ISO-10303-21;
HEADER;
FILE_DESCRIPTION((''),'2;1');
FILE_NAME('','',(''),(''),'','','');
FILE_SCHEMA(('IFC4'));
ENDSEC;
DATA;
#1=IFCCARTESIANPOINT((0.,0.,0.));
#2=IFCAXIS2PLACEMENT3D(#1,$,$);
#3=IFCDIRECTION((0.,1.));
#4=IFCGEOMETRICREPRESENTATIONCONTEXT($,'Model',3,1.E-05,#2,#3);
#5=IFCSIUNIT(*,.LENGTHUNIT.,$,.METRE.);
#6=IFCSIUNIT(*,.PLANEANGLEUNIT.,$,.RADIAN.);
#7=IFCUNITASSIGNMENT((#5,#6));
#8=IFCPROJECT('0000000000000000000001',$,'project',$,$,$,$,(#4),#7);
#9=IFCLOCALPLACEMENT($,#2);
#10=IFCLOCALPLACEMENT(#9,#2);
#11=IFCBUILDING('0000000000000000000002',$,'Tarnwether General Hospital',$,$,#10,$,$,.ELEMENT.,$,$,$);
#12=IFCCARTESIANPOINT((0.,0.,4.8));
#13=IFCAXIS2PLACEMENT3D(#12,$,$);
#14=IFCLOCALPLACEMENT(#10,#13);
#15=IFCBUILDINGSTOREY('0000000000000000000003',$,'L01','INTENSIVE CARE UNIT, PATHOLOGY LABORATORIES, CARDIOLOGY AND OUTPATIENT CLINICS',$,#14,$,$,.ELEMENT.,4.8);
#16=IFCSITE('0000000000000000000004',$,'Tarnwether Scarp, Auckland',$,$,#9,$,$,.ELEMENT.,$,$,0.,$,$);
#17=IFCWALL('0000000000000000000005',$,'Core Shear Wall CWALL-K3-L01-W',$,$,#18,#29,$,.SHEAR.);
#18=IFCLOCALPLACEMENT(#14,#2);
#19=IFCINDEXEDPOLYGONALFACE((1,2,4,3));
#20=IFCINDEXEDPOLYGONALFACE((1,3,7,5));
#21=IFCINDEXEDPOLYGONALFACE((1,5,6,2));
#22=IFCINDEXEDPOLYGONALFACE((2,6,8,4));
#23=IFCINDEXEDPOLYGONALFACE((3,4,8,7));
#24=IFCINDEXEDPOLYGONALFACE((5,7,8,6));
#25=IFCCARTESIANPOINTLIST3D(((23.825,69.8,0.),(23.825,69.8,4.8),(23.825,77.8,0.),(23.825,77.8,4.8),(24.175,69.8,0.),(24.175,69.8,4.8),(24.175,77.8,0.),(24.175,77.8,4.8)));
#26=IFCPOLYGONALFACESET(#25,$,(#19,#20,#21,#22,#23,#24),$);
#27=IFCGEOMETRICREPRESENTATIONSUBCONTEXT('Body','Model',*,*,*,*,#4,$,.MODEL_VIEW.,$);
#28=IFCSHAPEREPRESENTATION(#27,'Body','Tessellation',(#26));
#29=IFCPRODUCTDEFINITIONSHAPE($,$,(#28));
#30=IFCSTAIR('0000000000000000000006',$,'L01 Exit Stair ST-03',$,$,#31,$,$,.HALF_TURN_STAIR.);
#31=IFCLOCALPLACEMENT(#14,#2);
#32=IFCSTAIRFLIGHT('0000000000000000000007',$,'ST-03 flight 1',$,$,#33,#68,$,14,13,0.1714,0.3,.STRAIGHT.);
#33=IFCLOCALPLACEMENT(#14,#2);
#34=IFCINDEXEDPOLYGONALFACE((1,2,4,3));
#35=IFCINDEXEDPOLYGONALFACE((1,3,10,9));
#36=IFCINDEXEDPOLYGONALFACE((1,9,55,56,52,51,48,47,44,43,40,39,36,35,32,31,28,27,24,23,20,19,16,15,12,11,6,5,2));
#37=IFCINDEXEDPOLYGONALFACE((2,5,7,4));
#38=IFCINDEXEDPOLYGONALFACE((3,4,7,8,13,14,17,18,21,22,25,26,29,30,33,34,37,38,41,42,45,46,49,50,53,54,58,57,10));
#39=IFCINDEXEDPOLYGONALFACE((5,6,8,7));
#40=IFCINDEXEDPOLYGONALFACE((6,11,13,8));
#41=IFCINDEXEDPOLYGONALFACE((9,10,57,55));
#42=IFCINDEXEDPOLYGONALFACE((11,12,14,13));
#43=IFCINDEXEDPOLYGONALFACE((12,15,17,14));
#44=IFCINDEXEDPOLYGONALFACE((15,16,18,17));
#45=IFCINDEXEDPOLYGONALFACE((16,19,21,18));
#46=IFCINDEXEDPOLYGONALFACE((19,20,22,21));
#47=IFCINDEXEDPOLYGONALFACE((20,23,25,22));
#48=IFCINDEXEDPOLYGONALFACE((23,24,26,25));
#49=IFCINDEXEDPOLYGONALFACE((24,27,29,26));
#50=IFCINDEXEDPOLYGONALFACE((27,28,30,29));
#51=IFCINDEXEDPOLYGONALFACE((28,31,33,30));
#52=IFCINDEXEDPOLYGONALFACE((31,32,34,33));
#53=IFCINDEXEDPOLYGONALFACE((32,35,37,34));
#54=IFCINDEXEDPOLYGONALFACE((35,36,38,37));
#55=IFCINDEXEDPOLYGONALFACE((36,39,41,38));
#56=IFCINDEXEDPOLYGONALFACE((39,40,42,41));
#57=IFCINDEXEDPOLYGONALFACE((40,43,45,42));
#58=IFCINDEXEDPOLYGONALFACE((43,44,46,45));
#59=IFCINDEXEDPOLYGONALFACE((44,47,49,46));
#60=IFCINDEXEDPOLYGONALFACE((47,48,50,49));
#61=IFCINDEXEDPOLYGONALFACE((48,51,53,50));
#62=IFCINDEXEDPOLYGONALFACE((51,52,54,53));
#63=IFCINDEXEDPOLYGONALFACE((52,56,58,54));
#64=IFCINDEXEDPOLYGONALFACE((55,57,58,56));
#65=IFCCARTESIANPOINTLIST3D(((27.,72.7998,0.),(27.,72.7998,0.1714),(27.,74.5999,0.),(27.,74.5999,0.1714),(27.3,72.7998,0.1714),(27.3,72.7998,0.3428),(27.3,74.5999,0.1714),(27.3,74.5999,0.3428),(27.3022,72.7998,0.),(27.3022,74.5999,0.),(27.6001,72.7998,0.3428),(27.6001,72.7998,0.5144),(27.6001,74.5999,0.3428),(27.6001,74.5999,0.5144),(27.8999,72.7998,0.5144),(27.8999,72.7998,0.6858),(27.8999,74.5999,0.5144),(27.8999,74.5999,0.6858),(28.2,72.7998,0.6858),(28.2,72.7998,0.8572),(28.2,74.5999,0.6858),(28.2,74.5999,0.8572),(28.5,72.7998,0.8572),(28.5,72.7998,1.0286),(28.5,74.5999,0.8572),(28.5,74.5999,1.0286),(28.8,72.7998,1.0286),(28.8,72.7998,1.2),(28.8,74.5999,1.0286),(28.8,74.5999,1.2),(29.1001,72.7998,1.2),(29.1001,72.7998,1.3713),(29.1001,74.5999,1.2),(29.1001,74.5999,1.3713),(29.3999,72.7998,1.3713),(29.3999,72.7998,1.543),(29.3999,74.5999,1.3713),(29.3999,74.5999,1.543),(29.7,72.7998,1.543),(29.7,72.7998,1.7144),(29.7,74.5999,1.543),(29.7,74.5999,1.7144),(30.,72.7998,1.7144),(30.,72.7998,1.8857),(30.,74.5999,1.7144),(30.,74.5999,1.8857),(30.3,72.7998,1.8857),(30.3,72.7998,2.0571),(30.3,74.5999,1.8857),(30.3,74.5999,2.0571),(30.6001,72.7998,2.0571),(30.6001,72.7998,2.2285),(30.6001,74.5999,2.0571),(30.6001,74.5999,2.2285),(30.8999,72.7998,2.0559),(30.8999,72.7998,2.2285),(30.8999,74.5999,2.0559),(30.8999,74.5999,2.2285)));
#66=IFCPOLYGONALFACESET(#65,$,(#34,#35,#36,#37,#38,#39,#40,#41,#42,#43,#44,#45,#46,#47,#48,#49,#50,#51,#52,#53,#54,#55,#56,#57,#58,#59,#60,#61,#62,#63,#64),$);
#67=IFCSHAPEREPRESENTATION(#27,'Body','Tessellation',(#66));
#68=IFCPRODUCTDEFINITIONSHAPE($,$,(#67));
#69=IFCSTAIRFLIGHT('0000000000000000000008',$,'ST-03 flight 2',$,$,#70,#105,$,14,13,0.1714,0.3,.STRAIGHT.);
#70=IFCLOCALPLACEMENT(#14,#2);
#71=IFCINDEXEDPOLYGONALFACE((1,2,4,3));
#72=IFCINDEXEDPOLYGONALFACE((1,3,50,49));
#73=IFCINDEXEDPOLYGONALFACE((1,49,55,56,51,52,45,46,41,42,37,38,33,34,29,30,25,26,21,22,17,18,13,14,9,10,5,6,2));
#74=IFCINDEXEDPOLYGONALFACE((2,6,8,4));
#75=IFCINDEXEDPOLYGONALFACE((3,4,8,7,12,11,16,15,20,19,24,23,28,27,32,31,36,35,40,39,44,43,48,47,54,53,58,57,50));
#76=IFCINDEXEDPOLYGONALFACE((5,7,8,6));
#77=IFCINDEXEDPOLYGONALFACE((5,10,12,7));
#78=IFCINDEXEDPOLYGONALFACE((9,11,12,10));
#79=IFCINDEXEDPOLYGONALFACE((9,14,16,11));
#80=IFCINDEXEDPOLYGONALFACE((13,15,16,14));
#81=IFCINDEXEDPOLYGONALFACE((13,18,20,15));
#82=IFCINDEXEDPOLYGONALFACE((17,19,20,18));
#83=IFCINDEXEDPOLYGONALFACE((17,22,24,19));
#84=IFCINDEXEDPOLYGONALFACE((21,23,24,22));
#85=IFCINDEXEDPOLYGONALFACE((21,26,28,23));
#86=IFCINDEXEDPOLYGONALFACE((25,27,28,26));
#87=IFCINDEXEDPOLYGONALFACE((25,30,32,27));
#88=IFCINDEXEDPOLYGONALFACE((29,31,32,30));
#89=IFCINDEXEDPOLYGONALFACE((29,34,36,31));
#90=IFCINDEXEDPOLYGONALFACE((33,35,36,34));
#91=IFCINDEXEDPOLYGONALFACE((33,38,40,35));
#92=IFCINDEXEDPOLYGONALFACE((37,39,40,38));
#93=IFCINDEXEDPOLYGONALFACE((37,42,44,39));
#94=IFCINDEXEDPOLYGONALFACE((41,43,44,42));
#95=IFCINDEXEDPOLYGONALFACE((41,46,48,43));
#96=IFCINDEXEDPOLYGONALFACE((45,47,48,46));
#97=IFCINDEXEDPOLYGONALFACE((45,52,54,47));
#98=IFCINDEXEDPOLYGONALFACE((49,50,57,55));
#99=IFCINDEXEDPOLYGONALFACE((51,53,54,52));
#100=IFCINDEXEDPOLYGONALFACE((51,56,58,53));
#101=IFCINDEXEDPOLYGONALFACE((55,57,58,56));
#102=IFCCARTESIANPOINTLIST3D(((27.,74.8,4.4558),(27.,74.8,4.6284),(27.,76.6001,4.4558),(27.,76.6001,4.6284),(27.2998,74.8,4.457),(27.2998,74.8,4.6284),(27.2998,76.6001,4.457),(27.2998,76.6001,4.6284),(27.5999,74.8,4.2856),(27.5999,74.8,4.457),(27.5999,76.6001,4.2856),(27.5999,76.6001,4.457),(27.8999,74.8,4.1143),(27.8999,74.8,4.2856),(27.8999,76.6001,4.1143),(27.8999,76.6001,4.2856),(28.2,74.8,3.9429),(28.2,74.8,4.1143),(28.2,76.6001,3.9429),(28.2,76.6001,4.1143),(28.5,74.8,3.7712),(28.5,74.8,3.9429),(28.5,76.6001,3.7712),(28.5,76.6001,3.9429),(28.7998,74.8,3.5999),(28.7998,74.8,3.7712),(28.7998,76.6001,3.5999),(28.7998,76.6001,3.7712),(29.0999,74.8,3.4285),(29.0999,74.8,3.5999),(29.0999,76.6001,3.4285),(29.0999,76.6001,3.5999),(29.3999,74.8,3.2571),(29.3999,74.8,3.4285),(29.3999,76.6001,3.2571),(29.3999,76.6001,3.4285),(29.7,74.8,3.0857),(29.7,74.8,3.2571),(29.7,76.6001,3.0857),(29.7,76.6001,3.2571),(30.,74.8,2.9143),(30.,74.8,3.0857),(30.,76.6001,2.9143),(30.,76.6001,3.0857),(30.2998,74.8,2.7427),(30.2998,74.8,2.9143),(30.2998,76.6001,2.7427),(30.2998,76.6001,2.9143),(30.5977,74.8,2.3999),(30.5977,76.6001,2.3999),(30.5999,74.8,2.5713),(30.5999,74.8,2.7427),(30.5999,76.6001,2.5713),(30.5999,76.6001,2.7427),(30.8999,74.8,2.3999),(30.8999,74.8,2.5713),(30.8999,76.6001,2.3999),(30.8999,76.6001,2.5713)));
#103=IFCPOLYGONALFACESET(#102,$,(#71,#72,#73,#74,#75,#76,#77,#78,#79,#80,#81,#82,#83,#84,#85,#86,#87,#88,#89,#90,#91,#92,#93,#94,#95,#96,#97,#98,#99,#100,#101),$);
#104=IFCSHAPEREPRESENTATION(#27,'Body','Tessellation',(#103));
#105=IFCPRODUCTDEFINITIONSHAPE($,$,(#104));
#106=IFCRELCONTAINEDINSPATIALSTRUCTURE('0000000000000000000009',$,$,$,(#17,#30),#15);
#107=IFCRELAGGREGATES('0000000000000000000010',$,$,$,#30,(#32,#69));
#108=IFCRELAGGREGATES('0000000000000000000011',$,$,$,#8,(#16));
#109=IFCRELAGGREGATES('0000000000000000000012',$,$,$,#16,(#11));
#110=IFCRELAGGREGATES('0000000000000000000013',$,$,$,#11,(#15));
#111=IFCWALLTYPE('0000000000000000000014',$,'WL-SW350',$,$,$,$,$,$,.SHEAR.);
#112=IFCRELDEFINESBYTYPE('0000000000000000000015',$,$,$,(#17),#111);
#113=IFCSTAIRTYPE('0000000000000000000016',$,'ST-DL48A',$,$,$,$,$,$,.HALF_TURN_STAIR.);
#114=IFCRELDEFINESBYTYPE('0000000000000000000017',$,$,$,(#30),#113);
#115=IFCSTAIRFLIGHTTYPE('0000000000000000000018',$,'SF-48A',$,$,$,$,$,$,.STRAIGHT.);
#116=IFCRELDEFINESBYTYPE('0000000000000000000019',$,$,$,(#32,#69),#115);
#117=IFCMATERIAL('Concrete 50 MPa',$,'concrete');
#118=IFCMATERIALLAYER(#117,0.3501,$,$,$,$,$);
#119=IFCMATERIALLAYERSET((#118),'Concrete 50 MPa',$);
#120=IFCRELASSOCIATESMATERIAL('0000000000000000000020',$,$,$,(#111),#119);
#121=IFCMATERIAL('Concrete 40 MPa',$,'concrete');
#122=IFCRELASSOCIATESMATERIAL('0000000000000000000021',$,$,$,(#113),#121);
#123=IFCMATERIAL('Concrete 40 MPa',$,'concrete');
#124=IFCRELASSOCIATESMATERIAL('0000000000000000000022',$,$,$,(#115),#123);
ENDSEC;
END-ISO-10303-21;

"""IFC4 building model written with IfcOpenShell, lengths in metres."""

from ifc_helpers import new_model, si_unit, direction, frame, frame_2d, origin, place, context, subcontext, project, spatial, polyline, rectangle, outline, extrude, material, layer, layer_set, type_object, element, aggregate, save


model = new_model("IFC4")

# Units and contexts
model_context = context("Model", 3, precision=1e-05, world=origin(), true_north=direction((0.0, 1.0)))
body_context = subcontext(model_context, "Body", "Model", "MODEL_VIEW")
ifc_project = project(units=[si_unit("LENGTHUNIT", "METRE"), si_unit("PLANEANGLEUNIT", "RADIAN")], contexts=[model_context])

# Site, building, storey
site_placement = place(None, origin())
site = spatial("IfcSite", under=ifc_project, at=site_placement, Name="Tarnwether Scarp, Auckland", CompositionType="ELEMENT", RefElevation=0.0)
building_placement = place(site_placement, origin())
building = spatial("IfcBuilding", under=site, at=building_placement, Name="Tarnwether General Hospital", CompositionType="ELEMENT")
storey_placement = place(building_placement, frame((0.0, 0.0, 4.8)))
storey = spatial("IfcBuildingStorey", under=building, at=storey_placement, Name="L01", Description="INTENSIVE CARE UNIT, PATHOLOGY LABORATORIES, CARDIOLOGY AND OUTPATIENT CLINICS", CompositionType="ELEMENT", Elevation=4.8)

# Wall
ifc_material_1 = material(Name="Concrete 50 MPa", Category="concrete")
ifc_layer_1 = layer(ifc_material_1, 0.3501)
ifc_layer_set_1 = layer_set([ifc_layer_1], Name="Concrete 50 MPa")
wall_type_1 = type_object("IfcWallType", Name="WL-SW350", PredefinedType="SHEAR", material=ifc_layer_set_1)
wall_1_placement = place(storey_placement, frame((24.0, 69.8, 0.0), z_axis=(0.0, 0.0, 1.0), x_axis=(0.0, 1.0, 0.0)))
element("IfcWall", 1, at=wall_1_placement, inside=storey, type_object=wall_type_1, Name="Core Shear Wall CWALL-K3-L01-W", PredefinedType="SHEAR", context=body_context, shape_type="SweptSolid", body=[
    extrude(rectangle(XDim=8.0, YDim=0.3501, at=frame_2d((4.0, 0.0))), origin(), (0.0, 0.0, 1.0), 4.8),
])

# Stair, stair flights
ifc_material_2 = material(Name="Concrete 40 MPa", Category="concrete")
stair_type = type_object("IfcStairType", Name="ST-DL48A", PredefinedType="HALF_TURN_STAIR", material=ifc_material_2)
stair_placement = place(storey_placement, origin())
stair = element("IfcStair", 2, at=stair_placement, inside=storey, type_object=stair_type, Name="L01 Exit Stair ST-03", PredefinedType="HALF_TURN_STAIR")
ifc_material_3 = material(Name="Concrete 40 MPa", Category="concrete")
stair_flight_type = type_object("IfcStairFlightType", Name="SF-48A", PredefinedType="STRAIGHT", material=ifc_material_3)
stair_flight_1_placement = place(storey_placement, frame((27.0, 73.7, 0.0), z_axis=(0.0, 0.0, 1.0), x_axis=(1.0, 0.0, 0.0)))
stair_flight_1 = element("IfcStairFlight", 3, at=stair_flight_1_placement, type_object=stair_flight_type, Name="ST-03 flight 1", NumberOfRisers=14, NumberOfTreads=13, PredefinedType="STRAIGHT", RiserHeight=0.1714, TreadLength=0.3, context=body_context, shape_type="SweptSolid", body=[
    extrude(outline(polyline([(0.0, 0.0), (0.0, 0.1714), (0.3, 0.1714), (0.3, 0.3428), (0.6001, 0.3428), (0.6001, 0.5144), (0.8999, 0.5144), (0.8999, 0.6858), (1.2, 0.6858), (1.2, 0.8572), (1.5, 0.8572), (1.5, 1.0286), (1.8, 1.0286), (1.8, 1.2), (2.1001, 1.2), (2.1001, 1.3713), (2.3999, 1.3713), (2.3999, 1.543), (2.7, 1.543), (2.7, 1.7144), (3.0, 1.7144), (3.0, 1.8857), (3.3, 1.8857), (3.3, 2.0571), (3.6001, 2.0571), (3.6001, 2.2285), (3.8999, 2.2285), (3.8999, 2.3999), (3.8999, 2.0559), (0.3022, 0.0), (0.0, 0.0)])), frame((0.0, 0.8999, 0.0), z_axis=(0.0, -1.0, 0.0), x_axis=(1.0, 0.0, 0.0)), (0.0, 0.0, 1.0), 1.8),
])
stair_flight_2_placement = place(storey_placement, frame((30.8999, 75.7, 2.3999), z_axis=(0.0, 0.0, 1.0), x_axis=(-1.0, 0.0, 0.0)))
stair_flight_2 = element("IfcStairFlight", 4, at=stair_flight_2_placement, type_object=stair_flight_type, Name="ST-03 flight 2", NumberOfRisers=14, NumberOfTreads=13, PredefinedType="STRAIGHT", RiserHeight=0.1714, TreadLength=0.3, context=body_context, shape_type="SweptSolid", body=[
    extrude(outline(polyline([(0.0, 0.0), (0.0, 0.1714), (0.3, 0.1714), (0.3, 0.3428), (0.6001, 0.3428), (0.6001, 0.5144), (0.8999, 0.5144), (0.8999, 0.6858), (1.2, 0.6858), (1.2, 0.8572), (1.5, 0.8572), (1.5, 1.0286), (1.8, 1.0286), (1.8, 1.2), (2.1001, 1.2), (2.1001, 1.3713), (2.3999, 1.3713), (2.3999, 1.543), (2.7, 1.543), (2.7, 1.7144), (3.0, 1.7144), (3.0, 1.8857), (3.3, 1.8857), (3.3, 2.0571), (3.6001, 2.0571), (3.6001, 2.2285), (3.8999, 2.2285), (3.8999, 2.3999), (3.8999, 2.0559), (0.3022, 0.0), (0.0, 0.0)])), frame((0.0, 0.8999, 0.0), z_axis=(0.0, -1.0, 0.0), x_axis=(1.0, 0.0, 0.0)), (0.0, 0.0, 1.0), 1.8),
])
aggregate(stair, [stair_flight_1, stair_flight_2])

save(model, "model.ifc")
